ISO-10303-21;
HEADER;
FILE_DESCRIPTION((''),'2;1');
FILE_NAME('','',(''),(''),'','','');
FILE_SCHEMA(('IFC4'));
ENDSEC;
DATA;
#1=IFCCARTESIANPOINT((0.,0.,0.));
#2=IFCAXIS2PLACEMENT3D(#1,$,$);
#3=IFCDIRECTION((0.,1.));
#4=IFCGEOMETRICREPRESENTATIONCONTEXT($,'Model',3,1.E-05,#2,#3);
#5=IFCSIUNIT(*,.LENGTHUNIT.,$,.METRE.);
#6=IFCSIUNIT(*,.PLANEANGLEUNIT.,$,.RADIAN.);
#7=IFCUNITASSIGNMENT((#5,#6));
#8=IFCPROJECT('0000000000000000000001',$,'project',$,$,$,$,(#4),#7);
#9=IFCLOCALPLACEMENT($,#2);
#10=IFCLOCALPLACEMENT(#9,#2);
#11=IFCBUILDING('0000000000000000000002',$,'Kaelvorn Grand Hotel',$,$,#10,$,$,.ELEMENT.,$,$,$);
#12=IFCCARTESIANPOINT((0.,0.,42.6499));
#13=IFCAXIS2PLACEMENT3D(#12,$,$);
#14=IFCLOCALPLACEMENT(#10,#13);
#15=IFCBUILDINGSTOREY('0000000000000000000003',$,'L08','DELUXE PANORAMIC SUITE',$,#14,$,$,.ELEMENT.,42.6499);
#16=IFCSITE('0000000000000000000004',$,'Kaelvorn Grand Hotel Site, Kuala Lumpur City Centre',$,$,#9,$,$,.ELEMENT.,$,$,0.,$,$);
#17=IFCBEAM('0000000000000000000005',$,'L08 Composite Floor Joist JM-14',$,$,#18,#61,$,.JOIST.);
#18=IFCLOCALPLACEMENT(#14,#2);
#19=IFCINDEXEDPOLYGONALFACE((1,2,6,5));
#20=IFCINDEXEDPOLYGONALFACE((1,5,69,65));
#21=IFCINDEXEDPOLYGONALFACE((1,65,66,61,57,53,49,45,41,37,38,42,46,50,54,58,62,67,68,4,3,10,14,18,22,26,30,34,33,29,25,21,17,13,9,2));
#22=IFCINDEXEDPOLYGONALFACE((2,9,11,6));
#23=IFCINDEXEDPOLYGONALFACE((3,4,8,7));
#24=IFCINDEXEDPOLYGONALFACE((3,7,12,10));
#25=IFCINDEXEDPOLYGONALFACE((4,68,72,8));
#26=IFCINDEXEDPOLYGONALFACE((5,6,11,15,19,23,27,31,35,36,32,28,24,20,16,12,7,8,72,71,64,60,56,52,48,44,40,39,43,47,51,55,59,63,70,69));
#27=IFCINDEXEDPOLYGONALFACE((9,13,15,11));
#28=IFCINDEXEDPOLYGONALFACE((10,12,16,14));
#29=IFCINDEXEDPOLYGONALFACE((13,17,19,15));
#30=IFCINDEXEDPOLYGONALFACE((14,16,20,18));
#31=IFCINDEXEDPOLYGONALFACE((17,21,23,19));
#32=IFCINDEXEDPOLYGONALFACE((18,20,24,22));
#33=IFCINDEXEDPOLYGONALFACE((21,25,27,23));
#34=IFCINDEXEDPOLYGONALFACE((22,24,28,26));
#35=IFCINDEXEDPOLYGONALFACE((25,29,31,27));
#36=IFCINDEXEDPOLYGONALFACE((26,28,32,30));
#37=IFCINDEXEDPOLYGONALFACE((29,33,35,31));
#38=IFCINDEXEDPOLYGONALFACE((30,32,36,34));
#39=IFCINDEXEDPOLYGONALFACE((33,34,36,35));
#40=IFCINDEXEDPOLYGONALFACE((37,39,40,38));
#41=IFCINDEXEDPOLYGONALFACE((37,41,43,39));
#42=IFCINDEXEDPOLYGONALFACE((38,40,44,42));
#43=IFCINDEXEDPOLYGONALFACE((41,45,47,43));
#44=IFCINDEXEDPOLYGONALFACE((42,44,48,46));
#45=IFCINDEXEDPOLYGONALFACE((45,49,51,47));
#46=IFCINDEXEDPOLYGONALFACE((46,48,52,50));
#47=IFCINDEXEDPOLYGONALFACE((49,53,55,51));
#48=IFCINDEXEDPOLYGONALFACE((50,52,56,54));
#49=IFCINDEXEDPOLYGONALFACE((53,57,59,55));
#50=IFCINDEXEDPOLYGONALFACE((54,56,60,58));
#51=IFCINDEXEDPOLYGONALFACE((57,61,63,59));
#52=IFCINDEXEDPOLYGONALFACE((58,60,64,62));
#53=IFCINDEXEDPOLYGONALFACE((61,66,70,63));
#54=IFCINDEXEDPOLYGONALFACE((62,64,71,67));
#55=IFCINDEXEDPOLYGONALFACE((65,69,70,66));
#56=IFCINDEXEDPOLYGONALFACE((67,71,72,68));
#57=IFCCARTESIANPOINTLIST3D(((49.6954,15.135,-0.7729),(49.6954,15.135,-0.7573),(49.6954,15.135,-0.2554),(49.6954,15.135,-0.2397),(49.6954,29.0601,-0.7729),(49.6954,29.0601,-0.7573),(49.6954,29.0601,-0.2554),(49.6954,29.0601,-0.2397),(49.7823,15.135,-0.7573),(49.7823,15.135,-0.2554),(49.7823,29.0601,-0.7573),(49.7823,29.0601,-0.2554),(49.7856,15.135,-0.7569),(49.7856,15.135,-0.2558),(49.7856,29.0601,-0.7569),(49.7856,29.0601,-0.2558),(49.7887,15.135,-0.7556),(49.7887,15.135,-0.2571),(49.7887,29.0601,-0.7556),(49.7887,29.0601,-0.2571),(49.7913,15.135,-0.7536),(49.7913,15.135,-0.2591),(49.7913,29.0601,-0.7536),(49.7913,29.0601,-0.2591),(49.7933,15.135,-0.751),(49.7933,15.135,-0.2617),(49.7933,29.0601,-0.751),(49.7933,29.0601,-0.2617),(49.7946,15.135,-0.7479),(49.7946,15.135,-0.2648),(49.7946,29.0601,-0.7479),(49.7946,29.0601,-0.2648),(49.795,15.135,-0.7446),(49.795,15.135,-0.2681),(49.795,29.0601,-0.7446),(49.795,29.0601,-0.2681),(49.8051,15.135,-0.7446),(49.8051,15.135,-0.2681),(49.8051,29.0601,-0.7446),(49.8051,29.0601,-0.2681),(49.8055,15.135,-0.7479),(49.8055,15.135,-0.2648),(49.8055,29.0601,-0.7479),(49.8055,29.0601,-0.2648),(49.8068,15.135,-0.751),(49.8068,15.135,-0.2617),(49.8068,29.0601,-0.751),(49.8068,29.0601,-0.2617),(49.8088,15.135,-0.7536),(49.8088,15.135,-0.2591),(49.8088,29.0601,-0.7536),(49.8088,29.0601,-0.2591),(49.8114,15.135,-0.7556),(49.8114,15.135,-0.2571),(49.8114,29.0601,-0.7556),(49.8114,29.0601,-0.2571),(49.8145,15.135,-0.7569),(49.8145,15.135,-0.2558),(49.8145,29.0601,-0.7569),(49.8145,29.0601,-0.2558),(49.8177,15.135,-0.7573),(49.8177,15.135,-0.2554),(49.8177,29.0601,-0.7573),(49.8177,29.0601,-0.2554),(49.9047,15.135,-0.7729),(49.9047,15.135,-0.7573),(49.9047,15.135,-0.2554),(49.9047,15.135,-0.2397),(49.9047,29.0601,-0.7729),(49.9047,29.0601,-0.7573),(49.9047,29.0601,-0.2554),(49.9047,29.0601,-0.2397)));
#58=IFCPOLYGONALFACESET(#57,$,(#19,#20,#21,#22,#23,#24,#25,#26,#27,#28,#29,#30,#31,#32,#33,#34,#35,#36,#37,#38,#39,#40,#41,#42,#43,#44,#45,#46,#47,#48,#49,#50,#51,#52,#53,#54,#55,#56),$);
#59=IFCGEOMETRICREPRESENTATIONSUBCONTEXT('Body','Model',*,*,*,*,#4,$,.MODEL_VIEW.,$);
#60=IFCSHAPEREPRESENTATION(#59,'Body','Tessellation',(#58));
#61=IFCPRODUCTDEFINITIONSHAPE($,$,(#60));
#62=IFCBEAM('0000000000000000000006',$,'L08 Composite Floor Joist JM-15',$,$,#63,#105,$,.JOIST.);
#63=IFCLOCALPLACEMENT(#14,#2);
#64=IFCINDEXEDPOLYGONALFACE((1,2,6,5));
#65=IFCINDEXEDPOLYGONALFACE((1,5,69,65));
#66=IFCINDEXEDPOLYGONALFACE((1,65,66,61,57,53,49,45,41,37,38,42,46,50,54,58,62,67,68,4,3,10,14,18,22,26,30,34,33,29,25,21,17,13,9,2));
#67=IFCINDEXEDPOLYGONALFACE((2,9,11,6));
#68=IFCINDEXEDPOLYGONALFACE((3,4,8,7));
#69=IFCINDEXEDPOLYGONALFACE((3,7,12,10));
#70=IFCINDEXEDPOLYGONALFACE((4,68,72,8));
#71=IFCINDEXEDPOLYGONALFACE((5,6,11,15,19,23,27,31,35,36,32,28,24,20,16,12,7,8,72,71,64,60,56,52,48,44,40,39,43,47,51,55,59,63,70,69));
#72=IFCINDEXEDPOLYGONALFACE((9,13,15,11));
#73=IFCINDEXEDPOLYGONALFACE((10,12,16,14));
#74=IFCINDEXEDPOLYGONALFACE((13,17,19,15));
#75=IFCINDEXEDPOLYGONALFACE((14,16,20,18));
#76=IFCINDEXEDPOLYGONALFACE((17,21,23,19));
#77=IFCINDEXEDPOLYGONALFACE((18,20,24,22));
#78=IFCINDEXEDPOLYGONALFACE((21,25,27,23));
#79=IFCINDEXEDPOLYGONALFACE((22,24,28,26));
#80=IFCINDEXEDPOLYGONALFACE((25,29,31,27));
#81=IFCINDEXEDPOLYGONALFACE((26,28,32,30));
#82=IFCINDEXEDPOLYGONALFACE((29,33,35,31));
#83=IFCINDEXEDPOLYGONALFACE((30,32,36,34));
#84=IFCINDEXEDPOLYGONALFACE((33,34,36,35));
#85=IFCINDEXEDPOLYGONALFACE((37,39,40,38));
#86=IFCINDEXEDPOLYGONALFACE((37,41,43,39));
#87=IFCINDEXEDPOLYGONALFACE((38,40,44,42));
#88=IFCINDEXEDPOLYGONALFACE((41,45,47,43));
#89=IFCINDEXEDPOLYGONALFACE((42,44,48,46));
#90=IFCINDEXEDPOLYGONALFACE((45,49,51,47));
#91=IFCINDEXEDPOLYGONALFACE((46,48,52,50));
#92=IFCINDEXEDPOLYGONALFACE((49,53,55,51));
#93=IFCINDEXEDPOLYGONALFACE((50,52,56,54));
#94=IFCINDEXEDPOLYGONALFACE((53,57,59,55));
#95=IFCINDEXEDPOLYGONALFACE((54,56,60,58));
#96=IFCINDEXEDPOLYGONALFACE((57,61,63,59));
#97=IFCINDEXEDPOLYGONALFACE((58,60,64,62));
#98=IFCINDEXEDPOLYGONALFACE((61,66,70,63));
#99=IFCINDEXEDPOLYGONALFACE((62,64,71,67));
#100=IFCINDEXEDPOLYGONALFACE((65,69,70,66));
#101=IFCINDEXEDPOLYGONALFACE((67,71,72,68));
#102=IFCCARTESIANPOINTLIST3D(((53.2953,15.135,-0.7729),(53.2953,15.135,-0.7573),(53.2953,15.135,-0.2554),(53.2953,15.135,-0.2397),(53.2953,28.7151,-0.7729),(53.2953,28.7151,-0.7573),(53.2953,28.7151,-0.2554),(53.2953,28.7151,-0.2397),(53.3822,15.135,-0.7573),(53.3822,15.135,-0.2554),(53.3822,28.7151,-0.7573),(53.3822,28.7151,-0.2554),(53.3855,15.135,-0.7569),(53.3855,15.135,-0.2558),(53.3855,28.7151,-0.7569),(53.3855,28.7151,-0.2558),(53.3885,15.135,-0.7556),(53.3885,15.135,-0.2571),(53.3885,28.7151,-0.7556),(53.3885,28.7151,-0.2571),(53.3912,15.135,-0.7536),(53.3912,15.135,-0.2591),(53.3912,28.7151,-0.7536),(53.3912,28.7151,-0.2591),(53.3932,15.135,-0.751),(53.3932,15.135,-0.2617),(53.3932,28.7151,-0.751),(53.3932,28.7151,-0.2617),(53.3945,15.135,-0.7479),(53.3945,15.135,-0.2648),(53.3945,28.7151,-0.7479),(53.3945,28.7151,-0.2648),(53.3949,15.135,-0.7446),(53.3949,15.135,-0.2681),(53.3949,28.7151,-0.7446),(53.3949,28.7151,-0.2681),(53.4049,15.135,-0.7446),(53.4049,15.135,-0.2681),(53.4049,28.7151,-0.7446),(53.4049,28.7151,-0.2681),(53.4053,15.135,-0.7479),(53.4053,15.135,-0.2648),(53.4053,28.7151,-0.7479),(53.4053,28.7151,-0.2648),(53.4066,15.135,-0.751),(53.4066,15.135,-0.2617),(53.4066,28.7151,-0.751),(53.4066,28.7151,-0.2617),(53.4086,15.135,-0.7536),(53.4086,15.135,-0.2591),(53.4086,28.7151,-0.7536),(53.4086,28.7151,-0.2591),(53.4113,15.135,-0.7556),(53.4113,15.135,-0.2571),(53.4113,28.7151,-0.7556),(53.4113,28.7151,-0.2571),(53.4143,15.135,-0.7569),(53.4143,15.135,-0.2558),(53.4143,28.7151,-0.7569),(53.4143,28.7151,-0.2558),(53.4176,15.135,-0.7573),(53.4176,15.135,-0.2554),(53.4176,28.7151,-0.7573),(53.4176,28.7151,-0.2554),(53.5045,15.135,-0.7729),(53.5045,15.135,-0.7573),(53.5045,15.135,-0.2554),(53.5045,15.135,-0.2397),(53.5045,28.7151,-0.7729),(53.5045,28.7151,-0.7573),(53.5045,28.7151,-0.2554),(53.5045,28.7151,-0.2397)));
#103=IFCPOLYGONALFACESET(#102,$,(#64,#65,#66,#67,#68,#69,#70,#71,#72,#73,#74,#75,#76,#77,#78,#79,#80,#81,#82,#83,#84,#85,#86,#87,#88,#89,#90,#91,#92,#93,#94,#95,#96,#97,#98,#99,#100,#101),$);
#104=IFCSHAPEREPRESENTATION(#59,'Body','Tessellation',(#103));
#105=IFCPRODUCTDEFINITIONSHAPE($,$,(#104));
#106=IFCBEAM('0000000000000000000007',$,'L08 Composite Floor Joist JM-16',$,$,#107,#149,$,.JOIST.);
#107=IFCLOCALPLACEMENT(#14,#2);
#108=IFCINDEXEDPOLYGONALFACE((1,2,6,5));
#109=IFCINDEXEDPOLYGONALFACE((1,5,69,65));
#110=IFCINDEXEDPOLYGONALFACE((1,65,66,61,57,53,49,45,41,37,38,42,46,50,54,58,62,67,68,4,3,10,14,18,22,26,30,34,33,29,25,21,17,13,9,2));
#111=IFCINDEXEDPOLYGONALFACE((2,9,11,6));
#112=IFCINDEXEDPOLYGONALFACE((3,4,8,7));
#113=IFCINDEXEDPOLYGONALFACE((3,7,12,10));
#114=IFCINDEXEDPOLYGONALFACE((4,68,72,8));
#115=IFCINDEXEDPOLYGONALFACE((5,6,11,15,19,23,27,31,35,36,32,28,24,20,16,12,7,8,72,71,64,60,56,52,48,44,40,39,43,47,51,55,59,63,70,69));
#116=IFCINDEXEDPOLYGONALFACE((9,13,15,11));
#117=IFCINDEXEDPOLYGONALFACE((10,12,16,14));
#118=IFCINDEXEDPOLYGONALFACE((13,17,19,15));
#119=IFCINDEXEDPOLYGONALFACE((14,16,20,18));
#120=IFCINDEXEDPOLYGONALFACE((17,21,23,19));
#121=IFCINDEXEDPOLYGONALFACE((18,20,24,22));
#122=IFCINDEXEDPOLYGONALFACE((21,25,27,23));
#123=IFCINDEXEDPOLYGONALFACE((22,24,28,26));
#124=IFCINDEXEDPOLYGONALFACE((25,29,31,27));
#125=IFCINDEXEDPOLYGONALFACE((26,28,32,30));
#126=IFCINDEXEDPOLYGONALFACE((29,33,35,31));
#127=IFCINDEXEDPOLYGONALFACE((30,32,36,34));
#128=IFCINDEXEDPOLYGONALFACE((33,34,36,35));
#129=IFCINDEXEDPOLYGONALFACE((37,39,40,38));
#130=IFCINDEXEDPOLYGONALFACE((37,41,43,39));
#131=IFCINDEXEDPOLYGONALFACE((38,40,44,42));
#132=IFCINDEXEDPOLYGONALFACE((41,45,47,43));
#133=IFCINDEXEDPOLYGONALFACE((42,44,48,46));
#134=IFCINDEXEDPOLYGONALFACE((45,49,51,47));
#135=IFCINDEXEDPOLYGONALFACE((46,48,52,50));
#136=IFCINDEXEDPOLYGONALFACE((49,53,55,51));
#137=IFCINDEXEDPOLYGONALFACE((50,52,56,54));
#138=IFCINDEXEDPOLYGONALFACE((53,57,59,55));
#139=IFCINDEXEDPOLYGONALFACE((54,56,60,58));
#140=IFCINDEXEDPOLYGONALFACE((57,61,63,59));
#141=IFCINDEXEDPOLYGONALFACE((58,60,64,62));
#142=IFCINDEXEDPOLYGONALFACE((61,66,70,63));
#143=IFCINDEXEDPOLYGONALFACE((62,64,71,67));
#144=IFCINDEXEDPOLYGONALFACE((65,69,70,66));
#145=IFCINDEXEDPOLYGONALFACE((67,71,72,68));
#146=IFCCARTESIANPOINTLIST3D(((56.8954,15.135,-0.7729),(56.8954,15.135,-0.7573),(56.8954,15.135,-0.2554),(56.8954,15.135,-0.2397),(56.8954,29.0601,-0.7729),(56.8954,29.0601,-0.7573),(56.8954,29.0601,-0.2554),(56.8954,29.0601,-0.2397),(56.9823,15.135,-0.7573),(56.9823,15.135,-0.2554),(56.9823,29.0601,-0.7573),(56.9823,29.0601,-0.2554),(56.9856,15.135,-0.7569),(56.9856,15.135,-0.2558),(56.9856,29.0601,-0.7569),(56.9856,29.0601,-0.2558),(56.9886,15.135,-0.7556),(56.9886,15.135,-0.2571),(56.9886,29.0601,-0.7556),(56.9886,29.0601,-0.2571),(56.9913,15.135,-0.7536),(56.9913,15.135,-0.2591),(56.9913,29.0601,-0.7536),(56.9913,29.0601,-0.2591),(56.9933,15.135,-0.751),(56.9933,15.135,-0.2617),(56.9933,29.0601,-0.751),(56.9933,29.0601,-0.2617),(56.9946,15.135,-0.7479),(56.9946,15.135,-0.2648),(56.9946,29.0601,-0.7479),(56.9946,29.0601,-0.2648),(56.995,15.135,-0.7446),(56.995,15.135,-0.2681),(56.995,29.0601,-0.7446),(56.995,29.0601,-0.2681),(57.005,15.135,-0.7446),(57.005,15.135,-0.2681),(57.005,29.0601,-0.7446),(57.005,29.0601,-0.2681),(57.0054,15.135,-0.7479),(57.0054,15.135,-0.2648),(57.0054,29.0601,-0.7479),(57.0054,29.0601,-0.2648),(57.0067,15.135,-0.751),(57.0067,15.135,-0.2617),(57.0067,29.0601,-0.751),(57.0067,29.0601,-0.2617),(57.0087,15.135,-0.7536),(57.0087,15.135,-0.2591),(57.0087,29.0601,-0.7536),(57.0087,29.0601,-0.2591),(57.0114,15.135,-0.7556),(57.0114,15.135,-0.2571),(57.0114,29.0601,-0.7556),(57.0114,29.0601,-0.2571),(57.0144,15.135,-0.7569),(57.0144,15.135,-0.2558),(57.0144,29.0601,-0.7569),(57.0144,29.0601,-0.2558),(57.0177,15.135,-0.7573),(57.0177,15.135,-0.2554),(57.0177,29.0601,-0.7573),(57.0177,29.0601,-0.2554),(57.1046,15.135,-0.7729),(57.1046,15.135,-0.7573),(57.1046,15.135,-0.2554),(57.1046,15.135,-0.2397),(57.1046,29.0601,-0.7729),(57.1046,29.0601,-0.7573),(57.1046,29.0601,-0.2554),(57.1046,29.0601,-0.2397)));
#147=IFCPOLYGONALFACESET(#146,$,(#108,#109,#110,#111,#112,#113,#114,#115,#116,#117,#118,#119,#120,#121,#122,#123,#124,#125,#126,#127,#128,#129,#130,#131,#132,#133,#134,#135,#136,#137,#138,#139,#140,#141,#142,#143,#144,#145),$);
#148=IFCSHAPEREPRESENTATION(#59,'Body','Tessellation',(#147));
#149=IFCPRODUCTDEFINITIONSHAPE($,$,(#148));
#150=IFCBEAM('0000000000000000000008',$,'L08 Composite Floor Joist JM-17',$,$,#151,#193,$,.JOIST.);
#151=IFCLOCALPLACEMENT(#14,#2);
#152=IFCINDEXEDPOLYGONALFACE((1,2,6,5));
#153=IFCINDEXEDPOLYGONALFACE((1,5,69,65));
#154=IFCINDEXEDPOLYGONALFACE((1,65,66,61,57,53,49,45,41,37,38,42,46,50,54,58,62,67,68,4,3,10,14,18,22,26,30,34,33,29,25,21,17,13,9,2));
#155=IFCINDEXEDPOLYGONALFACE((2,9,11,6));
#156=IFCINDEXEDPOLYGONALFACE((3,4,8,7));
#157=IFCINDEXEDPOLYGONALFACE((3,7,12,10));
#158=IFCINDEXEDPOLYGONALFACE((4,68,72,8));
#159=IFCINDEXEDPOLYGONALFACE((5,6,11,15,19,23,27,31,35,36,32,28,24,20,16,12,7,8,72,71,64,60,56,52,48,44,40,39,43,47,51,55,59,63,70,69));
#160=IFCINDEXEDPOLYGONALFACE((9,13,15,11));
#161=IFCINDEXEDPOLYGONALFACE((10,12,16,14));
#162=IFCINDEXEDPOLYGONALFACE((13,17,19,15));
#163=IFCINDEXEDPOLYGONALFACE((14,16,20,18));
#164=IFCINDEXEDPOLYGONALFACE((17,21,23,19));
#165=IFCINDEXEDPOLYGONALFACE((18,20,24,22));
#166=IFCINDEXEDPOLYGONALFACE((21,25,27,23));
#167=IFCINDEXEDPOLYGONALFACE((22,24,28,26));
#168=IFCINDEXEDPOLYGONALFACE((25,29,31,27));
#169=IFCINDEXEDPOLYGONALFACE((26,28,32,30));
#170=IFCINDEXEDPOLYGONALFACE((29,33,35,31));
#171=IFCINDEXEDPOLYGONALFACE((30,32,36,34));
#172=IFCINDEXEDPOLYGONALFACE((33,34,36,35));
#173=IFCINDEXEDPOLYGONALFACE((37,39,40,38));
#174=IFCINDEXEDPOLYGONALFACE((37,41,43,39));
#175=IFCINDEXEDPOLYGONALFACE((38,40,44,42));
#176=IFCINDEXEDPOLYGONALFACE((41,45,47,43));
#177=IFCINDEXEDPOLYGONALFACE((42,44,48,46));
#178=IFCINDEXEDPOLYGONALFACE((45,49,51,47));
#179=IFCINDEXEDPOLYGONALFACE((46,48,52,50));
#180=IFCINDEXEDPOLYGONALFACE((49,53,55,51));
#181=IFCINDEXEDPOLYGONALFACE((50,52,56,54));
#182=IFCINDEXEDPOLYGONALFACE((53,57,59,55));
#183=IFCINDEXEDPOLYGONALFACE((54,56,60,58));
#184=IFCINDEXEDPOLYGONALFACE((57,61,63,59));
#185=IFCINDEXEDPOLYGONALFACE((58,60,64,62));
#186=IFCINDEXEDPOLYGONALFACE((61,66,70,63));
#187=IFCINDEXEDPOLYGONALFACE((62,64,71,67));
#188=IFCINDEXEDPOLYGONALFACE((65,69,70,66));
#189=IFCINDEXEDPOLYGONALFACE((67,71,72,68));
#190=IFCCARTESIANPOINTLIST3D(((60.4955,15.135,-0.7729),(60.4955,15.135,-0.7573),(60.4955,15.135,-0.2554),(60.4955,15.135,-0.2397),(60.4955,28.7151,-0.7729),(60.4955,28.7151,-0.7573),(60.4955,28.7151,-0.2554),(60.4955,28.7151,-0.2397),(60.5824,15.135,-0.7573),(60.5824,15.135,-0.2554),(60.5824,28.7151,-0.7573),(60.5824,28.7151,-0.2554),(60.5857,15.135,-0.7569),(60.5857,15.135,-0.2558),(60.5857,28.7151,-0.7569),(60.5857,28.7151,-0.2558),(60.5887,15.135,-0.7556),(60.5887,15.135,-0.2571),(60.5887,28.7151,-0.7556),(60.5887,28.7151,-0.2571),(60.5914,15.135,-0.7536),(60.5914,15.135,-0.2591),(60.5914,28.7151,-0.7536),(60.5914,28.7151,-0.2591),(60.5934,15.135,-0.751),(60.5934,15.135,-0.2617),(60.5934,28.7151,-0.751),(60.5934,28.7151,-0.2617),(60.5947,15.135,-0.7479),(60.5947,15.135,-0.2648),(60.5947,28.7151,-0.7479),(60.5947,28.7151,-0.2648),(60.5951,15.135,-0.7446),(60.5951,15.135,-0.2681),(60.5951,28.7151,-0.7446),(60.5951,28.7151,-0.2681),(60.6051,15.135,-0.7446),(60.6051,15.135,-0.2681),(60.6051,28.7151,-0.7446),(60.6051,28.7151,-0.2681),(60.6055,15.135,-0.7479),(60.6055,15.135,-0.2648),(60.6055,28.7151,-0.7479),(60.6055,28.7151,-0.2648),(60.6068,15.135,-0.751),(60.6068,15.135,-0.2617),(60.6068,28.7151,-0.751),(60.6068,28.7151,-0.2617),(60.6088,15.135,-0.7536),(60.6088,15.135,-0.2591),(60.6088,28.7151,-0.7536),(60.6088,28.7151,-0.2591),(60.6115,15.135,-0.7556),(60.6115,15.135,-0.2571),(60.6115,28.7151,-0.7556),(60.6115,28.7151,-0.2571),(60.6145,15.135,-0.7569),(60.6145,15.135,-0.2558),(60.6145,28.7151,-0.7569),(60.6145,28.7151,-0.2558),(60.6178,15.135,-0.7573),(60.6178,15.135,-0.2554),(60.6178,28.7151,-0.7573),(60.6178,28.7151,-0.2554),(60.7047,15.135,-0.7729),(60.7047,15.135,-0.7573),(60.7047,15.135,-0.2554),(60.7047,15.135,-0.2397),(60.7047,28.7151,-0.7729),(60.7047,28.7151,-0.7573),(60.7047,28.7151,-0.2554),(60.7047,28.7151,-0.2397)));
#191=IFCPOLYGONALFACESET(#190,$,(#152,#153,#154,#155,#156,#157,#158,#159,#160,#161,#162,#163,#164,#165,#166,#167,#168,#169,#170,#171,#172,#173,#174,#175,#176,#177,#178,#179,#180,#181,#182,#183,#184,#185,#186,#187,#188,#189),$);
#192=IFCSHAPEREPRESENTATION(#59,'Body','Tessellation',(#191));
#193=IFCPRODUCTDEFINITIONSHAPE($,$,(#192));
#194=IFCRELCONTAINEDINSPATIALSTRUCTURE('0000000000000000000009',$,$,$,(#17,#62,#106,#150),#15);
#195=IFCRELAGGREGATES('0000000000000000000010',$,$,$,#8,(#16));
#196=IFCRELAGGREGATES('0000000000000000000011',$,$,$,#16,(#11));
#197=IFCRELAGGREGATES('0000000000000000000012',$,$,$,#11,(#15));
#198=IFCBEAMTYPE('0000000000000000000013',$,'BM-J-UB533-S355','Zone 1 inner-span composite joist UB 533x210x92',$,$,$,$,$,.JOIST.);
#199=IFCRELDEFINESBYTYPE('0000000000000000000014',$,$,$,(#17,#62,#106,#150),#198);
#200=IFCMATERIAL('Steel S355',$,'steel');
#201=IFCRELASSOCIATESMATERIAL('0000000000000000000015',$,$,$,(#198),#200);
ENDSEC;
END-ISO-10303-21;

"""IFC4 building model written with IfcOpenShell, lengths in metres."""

from ifc_helpers import new_model, si_unit, direction, frame, origin, origin_2d, place, context, subcontext, project, spatial, i_section, extrude, material, material_profile, profile_set, type_object, element, save


model = new_model("IFC4")

# Units and contexts
model_context = context("Model", 3, precision=1e-05, world=origin(), true_north=direction((0.0, 1.0)))
body_context = subcontext(model_context, "Body", "Model", "MODEL_VIEW")
ifc_project = project(units=[si_unit("LENGTHUNIT", "METRE"), si_unit("PLANEANGLEUNIT", "RADIAN")], contexts=[model_context])

# Site, building, storey
site_placement = place(None, origin())
site = spatial("IfcSite", under=ifc_project, at=site_placement, Name="Kaelvorn Grand Hotel Site, Kuala Lumpur City Centre", CompositionType="ELEMENT", RefElevation=0.0)
building_placement = place(site_placement, origin())
building = spatial("IfcBuilding", under=site, at=building_placement, Name="Kaelvorn Grand Hotel", CompositionType="ELEMENT")
storey_placement = place(building_placement, frame((0.0, 0.0, 42.6499)))
storey = spatial("IfcBuildingStorey", under=building, at=storey_placement, Name="L08", Description="DELUXE PANORAMIC SUITE", CompositionType="ELEMENT", Elevation=42.6499)

# Beams
ifc_material_1 = material(Name="Steel S355", Category="steel")
ifc_material_profile_1 = material_profile(ifc_material_1, i_section(OverallWidth=0.2092, OverallDepth=0.5332, WebThickness=0.01, FlangeThickness=0.0156, FilletRadius=0.0127, at=origin_2d()), Name="UB 533x210x92")
ifc_profile_set_1 = profile_set([ifc_material_profile_1], Name="Steel S355")
beam_type_1 = type_object("IfcBeamType", Name="BM-J-UB533-S355", Description="Zone 1 inner-span composite joist UB 533x210x92", PredefinedType="JOIST", material=ifc_profile_set_1)
beam_1_placement = place(storey_placement, frame((49.8, 15.135, -0.5063), z_axis=(0.0, 1.0, 0.0), x_axis=(-1.0, 0.0, 0.0)))
element("IfcBeam", 1, at=beam_1_placement, inside=storey, type_object=beam_type_1, Name="L08 Composite Floor Joist JM-14", PredefinedType="JOIST", context=body_context, shape_type="SweptSolid", body=[
    extrude(i_section(OverallWidth=0.2092, OverallDepth=0.5332, WebThickness=0.01, FlangeThickness=0.0156, FilletRadius=0.0127, at=origin_2d()), origin(), (0.0, 0.0, 1.0), 13.925),
])
beam_2_placement = place(storey_placement, frame((53.3999, 15.135, -0.5063), z_axis=(0.0, 1.0, 0.0), x_axis=(-1.0, 0.0, 0.0)))
element("IfcBeam", 2, at=beam_2_placement, inside=storey, type_object=beam_type_1, Name="L08 Composite Floor Joist JM-15", PredefinedType="JOIST", context=body_context, shape_type="SweptSolid", body=[
    extrude(i_section(OverallWidth=0.2092, OverallDepth=0.5332, WebThickness=0.01, FlangeThickness=0.0156, FilletRadius=0.0127, at=origin_2d()), origin(), (0.0, 0.0, 1.0), 13.5801),
])
beam_3_placement = place(storey_placement, frame((57.0, 15.135, -0.5063), z_axis=(0.0, 1.0, 0.0), x_axis=(-1.0, 0.0, 0.0)))
element("IfcBeam", 3, at=beam_3_placement, inside=storey, type_object=beam_type_1, Name="L08 Composite Floor Joist JM-16", PredefinedType="JOIST", context=body_context, shape_type="SweptSolid", body=[
    extrude(i_section(OverallWidth=0.2092, OverallDepth=0.5332, WebThickness=0.01, FlangeThickness=0.0156, FilletRadius=0.0127, at=origin_2d()), origin(), (0.0, 0.0, 1.0), 13.925),
])
beam_4_placement = place(storey_placement, frame((60.6001, 15.135, -0.5063), z_axis=(0.0, 1.0, 0.0), x_axis=(-1.0, 0.0, 0.0)))
element("IfcBeam", 4, at=beam_4_placement, inside=storey, type_object=beam_type_1, Name="L08 Composite Floor Joist JM-17", PredefinedType="JOIST", context=body_context, shape_type="SweptSolid", body=[
    extrude(i_section(OverallWidth=0.2092, OverallDepth=0.5332, WebThickness=0.01, FlangeThickness=0.0156, FilletRadius=0.0127, at=origin_2d()), origin(), (0.0, 0.0, 1.0), 13.5801),
])

save(model, "model.ifc")
